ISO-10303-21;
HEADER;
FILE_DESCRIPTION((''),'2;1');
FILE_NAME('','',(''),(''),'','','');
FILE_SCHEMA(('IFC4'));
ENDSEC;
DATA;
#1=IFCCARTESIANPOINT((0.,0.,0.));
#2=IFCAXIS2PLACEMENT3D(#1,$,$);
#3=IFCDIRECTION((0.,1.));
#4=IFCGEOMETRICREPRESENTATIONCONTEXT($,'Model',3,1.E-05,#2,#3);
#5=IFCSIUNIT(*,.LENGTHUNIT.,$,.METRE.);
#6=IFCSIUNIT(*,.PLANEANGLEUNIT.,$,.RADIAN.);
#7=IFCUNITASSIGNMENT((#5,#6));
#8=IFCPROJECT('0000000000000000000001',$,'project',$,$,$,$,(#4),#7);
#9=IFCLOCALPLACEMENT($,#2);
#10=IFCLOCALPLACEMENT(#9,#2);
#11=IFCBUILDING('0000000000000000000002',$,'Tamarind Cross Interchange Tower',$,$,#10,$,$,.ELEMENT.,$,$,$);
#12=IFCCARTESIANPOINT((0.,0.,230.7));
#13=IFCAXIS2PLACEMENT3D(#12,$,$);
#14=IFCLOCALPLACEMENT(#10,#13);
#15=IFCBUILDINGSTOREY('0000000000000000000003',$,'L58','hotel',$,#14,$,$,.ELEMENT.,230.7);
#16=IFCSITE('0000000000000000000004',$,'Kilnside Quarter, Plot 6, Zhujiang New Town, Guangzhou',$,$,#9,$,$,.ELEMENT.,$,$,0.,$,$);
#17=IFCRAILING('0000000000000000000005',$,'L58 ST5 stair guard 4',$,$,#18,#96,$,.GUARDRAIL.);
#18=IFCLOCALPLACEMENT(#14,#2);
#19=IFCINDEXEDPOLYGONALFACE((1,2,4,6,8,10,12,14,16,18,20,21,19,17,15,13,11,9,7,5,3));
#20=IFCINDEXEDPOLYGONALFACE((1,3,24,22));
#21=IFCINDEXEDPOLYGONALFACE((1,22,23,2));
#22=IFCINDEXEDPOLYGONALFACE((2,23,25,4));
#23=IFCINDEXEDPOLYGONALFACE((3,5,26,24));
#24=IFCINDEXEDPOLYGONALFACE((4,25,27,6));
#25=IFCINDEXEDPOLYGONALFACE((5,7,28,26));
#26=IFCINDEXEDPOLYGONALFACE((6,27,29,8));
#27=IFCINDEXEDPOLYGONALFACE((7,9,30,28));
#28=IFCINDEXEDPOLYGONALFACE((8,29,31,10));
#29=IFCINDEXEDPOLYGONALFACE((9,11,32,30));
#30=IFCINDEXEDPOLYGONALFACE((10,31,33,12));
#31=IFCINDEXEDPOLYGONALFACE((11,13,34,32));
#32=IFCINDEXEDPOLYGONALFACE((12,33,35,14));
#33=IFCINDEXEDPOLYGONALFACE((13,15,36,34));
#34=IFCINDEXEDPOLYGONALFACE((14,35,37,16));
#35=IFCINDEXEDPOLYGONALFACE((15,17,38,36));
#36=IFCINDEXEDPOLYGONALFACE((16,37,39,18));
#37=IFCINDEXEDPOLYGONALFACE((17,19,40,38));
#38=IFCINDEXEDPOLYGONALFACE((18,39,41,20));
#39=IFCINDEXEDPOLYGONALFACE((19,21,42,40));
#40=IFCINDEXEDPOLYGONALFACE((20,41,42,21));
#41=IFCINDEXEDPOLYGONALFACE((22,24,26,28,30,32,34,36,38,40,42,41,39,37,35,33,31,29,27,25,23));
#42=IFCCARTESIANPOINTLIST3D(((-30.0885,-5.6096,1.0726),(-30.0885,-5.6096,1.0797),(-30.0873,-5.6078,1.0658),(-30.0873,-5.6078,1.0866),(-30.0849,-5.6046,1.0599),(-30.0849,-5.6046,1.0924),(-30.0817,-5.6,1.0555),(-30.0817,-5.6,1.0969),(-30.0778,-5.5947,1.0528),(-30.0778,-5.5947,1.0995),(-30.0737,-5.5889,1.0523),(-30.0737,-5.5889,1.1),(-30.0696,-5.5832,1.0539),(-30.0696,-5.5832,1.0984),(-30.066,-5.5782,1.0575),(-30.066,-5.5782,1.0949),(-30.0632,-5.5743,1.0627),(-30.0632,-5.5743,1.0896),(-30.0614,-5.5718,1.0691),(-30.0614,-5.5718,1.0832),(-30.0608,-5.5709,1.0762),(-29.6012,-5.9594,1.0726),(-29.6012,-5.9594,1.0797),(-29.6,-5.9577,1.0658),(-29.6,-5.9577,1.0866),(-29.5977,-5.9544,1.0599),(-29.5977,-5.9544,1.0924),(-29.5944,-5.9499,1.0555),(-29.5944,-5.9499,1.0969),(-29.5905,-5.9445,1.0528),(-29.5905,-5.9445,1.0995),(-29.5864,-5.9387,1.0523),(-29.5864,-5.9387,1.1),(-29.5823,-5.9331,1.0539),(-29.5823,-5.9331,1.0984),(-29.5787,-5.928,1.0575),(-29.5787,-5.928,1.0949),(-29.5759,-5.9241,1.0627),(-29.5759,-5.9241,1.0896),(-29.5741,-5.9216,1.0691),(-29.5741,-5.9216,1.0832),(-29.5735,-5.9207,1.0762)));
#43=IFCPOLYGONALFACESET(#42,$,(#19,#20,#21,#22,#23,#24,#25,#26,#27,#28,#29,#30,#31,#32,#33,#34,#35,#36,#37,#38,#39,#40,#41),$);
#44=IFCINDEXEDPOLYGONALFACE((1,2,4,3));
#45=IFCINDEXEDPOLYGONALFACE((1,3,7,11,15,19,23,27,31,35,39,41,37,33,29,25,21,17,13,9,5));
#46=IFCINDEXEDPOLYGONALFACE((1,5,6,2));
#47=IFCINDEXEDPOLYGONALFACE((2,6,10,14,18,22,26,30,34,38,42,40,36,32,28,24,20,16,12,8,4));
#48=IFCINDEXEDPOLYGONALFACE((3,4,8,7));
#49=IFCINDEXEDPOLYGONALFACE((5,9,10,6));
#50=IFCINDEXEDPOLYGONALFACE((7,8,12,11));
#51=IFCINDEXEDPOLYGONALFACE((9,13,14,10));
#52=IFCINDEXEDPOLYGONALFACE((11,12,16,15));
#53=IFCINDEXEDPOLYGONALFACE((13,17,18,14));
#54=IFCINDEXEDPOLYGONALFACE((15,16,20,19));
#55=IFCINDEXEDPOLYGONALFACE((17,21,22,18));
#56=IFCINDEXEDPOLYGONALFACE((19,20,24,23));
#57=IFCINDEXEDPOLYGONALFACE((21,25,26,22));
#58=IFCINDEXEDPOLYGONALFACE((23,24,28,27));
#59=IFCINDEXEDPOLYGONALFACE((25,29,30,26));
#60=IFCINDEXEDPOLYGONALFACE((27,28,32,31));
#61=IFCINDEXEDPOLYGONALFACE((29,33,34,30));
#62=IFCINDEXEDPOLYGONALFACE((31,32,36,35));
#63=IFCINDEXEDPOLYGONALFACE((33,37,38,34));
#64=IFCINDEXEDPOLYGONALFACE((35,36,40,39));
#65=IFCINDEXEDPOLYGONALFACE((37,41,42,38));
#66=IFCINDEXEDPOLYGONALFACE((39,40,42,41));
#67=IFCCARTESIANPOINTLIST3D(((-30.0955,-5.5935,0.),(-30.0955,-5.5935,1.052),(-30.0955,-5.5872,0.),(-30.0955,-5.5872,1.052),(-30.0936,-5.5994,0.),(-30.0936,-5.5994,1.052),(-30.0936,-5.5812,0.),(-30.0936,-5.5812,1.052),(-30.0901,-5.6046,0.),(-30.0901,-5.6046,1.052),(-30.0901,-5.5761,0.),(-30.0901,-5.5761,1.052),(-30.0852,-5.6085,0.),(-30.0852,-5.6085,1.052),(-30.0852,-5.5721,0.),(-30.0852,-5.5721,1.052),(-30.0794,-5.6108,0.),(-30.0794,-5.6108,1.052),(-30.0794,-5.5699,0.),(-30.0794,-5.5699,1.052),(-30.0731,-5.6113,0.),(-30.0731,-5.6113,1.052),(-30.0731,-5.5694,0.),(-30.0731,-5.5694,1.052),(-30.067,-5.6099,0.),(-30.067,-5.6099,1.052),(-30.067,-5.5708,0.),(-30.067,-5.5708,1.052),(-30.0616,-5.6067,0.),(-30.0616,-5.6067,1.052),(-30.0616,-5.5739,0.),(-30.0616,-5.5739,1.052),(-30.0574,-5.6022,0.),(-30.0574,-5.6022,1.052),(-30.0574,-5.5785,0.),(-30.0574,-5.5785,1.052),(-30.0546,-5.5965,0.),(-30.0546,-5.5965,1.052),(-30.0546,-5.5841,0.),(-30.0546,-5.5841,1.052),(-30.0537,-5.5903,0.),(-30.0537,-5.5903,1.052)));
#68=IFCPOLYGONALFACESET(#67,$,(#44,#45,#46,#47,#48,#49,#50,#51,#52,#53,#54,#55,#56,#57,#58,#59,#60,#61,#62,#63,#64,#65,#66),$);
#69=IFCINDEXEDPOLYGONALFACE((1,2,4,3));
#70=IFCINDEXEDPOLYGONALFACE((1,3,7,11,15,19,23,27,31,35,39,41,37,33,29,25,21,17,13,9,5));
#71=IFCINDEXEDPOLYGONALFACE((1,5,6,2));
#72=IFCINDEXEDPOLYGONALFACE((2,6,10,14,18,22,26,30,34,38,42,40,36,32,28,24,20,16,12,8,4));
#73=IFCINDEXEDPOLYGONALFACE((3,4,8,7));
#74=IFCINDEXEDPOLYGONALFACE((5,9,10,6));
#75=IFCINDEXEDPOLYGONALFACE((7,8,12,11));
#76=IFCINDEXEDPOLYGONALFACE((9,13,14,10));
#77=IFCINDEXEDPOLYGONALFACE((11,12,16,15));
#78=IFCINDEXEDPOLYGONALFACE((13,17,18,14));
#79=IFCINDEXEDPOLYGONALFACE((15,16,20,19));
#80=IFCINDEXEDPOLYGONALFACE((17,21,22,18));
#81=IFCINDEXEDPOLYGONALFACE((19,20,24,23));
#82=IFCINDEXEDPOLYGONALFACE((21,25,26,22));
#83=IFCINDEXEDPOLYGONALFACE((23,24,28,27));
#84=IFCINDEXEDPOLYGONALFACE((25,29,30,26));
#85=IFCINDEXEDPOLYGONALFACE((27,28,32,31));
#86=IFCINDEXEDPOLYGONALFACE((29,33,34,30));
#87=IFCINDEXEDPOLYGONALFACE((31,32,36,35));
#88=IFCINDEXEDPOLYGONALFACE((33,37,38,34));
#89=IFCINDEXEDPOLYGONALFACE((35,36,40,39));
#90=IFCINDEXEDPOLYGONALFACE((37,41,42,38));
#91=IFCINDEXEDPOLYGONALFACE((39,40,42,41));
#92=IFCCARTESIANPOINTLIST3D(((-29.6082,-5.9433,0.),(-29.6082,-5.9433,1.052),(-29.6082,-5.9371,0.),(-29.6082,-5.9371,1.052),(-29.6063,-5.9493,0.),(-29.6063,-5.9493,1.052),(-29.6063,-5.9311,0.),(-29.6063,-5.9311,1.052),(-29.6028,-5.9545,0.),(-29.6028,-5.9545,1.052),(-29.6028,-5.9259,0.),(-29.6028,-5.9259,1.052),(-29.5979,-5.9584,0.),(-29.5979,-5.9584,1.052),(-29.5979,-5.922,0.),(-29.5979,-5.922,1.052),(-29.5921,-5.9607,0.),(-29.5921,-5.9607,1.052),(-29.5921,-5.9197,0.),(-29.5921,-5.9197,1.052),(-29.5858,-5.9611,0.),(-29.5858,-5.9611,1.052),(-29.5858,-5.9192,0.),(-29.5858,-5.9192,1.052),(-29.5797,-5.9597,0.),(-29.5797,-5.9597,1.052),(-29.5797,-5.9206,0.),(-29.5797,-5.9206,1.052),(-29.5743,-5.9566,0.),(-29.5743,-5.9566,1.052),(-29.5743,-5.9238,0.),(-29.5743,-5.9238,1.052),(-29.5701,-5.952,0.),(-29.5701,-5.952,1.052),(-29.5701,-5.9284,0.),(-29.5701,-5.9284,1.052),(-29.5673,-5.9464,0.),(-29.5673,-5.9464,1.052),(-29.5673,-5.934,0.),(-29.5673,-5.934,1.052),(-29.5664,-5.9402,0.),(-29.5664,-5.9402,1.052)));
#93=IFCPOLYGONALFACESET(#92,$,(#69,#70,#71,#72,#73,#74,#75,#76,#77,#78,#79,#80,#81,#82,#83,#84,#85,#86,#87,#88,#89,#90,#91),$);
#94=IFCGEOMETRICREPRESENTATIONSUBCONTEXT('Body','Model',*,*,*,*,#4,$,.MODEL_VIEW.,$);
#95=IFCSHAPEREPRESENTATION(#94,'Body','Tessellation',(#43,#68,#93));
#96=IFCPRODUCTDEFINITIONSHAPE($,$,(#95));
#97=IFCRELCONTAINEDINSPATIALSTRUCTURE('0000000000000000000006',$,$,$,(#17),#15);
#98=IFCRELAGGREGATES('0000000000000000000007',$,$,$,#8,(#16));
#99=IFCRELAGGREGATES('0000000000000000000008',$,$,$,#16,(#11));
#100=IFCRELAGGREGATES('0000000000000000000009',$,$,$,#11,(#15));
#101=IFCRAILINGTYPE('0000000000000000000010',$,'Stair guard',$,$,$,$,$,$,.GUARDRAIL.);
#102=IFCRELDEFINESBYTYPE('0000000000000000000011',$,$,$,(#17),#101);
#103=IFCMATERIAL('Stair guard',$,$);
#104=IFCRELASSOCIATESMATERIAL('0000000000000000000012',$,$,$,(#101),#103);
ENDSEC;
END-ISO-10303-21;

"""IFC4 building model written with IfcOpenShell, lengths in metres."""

from ifc_helpers import new_model, si_unit, direction, frame, origin, origin_2d, place, context, subcontext, project, spatial, circle, extrude, material, type_object, element, save


model = new_model("IFC4")

# Units and contexts
model_context = context("Model", 3, precision=1e-05, world=origin(), true_north=direction((0.0, 1.0)))
body_context = subcontext(model_context, "Body", "Model", "MODEL_VIEW")
ifc_project = project(units=[si_unit("LENGTHUNIT", "METRE"), si_unit("PLANEANGLEUNIT", "RADIAN")], contexts=[model_context])

# Site, building, storey
site_placement = place(None, origin())
site = spatial("IfcSite", under=ifc_project, at=site_placement, Name="Kilnside Quarter, Plot 6, Zhujiang New Town, Guangzhou", CompositionType="ELEMENT", RefElevation=0.0)
building_placement = place(site_placement, origin())
building = spatial("IfcBuilding", under=site, at=building_placement, Name="Tamarind Cross Interchange Tower", CompositionType="ELEMENT")
storey_placement = place(building_placement, frame((0.0, 0.0, 230.7)))
storey = spatial("IfcBuildingStorey", under=building, at=storey_placement, Name="L58", Description="hotel", CompositionType="ELEMENT", Elevation=230.7)

# Railing
ifc_material_1 = material(Name="Stair guard")
railing_type_1 = type_object("IfcRailingType", Name="Stair guard", PredefinedType="GUARDRAIL", material=ifc_material_1)
railing_1_placement = place(storey_placement, frame((-30.0747, -5.5903, 0.0)))
element("IfcRailing", 1, at=railing_1_placement, inside=storey, type_object=railing_type_1, Name="L58 ST5 stair guard 4", PredefinedType="GUARDRAIL", context=body_context, shape_type="SweptSolid", body=[
    extrude(circle(Radius=0.0239, at=origin_2d()), frame((0.0, 0.0, 1.0762), z_axis=(0.812329, -0.5832, 0.0), x_axis=(0.5832, 0.812329, 0.0)), (0.0, 0.0, 1.0), 0.5999),
    extrude(circle(Radius=0.021, at=origin_2d()), origin(), (0.0, 0.0, 1.0), 1.052),
    extrude(circle(Radius=0.021, at=origin_2d()), frame((0.4873, -0.3499, 0.0)), (0.0, 0.0, 1.0), 1.052),
])

save(model, "model.ifc")
